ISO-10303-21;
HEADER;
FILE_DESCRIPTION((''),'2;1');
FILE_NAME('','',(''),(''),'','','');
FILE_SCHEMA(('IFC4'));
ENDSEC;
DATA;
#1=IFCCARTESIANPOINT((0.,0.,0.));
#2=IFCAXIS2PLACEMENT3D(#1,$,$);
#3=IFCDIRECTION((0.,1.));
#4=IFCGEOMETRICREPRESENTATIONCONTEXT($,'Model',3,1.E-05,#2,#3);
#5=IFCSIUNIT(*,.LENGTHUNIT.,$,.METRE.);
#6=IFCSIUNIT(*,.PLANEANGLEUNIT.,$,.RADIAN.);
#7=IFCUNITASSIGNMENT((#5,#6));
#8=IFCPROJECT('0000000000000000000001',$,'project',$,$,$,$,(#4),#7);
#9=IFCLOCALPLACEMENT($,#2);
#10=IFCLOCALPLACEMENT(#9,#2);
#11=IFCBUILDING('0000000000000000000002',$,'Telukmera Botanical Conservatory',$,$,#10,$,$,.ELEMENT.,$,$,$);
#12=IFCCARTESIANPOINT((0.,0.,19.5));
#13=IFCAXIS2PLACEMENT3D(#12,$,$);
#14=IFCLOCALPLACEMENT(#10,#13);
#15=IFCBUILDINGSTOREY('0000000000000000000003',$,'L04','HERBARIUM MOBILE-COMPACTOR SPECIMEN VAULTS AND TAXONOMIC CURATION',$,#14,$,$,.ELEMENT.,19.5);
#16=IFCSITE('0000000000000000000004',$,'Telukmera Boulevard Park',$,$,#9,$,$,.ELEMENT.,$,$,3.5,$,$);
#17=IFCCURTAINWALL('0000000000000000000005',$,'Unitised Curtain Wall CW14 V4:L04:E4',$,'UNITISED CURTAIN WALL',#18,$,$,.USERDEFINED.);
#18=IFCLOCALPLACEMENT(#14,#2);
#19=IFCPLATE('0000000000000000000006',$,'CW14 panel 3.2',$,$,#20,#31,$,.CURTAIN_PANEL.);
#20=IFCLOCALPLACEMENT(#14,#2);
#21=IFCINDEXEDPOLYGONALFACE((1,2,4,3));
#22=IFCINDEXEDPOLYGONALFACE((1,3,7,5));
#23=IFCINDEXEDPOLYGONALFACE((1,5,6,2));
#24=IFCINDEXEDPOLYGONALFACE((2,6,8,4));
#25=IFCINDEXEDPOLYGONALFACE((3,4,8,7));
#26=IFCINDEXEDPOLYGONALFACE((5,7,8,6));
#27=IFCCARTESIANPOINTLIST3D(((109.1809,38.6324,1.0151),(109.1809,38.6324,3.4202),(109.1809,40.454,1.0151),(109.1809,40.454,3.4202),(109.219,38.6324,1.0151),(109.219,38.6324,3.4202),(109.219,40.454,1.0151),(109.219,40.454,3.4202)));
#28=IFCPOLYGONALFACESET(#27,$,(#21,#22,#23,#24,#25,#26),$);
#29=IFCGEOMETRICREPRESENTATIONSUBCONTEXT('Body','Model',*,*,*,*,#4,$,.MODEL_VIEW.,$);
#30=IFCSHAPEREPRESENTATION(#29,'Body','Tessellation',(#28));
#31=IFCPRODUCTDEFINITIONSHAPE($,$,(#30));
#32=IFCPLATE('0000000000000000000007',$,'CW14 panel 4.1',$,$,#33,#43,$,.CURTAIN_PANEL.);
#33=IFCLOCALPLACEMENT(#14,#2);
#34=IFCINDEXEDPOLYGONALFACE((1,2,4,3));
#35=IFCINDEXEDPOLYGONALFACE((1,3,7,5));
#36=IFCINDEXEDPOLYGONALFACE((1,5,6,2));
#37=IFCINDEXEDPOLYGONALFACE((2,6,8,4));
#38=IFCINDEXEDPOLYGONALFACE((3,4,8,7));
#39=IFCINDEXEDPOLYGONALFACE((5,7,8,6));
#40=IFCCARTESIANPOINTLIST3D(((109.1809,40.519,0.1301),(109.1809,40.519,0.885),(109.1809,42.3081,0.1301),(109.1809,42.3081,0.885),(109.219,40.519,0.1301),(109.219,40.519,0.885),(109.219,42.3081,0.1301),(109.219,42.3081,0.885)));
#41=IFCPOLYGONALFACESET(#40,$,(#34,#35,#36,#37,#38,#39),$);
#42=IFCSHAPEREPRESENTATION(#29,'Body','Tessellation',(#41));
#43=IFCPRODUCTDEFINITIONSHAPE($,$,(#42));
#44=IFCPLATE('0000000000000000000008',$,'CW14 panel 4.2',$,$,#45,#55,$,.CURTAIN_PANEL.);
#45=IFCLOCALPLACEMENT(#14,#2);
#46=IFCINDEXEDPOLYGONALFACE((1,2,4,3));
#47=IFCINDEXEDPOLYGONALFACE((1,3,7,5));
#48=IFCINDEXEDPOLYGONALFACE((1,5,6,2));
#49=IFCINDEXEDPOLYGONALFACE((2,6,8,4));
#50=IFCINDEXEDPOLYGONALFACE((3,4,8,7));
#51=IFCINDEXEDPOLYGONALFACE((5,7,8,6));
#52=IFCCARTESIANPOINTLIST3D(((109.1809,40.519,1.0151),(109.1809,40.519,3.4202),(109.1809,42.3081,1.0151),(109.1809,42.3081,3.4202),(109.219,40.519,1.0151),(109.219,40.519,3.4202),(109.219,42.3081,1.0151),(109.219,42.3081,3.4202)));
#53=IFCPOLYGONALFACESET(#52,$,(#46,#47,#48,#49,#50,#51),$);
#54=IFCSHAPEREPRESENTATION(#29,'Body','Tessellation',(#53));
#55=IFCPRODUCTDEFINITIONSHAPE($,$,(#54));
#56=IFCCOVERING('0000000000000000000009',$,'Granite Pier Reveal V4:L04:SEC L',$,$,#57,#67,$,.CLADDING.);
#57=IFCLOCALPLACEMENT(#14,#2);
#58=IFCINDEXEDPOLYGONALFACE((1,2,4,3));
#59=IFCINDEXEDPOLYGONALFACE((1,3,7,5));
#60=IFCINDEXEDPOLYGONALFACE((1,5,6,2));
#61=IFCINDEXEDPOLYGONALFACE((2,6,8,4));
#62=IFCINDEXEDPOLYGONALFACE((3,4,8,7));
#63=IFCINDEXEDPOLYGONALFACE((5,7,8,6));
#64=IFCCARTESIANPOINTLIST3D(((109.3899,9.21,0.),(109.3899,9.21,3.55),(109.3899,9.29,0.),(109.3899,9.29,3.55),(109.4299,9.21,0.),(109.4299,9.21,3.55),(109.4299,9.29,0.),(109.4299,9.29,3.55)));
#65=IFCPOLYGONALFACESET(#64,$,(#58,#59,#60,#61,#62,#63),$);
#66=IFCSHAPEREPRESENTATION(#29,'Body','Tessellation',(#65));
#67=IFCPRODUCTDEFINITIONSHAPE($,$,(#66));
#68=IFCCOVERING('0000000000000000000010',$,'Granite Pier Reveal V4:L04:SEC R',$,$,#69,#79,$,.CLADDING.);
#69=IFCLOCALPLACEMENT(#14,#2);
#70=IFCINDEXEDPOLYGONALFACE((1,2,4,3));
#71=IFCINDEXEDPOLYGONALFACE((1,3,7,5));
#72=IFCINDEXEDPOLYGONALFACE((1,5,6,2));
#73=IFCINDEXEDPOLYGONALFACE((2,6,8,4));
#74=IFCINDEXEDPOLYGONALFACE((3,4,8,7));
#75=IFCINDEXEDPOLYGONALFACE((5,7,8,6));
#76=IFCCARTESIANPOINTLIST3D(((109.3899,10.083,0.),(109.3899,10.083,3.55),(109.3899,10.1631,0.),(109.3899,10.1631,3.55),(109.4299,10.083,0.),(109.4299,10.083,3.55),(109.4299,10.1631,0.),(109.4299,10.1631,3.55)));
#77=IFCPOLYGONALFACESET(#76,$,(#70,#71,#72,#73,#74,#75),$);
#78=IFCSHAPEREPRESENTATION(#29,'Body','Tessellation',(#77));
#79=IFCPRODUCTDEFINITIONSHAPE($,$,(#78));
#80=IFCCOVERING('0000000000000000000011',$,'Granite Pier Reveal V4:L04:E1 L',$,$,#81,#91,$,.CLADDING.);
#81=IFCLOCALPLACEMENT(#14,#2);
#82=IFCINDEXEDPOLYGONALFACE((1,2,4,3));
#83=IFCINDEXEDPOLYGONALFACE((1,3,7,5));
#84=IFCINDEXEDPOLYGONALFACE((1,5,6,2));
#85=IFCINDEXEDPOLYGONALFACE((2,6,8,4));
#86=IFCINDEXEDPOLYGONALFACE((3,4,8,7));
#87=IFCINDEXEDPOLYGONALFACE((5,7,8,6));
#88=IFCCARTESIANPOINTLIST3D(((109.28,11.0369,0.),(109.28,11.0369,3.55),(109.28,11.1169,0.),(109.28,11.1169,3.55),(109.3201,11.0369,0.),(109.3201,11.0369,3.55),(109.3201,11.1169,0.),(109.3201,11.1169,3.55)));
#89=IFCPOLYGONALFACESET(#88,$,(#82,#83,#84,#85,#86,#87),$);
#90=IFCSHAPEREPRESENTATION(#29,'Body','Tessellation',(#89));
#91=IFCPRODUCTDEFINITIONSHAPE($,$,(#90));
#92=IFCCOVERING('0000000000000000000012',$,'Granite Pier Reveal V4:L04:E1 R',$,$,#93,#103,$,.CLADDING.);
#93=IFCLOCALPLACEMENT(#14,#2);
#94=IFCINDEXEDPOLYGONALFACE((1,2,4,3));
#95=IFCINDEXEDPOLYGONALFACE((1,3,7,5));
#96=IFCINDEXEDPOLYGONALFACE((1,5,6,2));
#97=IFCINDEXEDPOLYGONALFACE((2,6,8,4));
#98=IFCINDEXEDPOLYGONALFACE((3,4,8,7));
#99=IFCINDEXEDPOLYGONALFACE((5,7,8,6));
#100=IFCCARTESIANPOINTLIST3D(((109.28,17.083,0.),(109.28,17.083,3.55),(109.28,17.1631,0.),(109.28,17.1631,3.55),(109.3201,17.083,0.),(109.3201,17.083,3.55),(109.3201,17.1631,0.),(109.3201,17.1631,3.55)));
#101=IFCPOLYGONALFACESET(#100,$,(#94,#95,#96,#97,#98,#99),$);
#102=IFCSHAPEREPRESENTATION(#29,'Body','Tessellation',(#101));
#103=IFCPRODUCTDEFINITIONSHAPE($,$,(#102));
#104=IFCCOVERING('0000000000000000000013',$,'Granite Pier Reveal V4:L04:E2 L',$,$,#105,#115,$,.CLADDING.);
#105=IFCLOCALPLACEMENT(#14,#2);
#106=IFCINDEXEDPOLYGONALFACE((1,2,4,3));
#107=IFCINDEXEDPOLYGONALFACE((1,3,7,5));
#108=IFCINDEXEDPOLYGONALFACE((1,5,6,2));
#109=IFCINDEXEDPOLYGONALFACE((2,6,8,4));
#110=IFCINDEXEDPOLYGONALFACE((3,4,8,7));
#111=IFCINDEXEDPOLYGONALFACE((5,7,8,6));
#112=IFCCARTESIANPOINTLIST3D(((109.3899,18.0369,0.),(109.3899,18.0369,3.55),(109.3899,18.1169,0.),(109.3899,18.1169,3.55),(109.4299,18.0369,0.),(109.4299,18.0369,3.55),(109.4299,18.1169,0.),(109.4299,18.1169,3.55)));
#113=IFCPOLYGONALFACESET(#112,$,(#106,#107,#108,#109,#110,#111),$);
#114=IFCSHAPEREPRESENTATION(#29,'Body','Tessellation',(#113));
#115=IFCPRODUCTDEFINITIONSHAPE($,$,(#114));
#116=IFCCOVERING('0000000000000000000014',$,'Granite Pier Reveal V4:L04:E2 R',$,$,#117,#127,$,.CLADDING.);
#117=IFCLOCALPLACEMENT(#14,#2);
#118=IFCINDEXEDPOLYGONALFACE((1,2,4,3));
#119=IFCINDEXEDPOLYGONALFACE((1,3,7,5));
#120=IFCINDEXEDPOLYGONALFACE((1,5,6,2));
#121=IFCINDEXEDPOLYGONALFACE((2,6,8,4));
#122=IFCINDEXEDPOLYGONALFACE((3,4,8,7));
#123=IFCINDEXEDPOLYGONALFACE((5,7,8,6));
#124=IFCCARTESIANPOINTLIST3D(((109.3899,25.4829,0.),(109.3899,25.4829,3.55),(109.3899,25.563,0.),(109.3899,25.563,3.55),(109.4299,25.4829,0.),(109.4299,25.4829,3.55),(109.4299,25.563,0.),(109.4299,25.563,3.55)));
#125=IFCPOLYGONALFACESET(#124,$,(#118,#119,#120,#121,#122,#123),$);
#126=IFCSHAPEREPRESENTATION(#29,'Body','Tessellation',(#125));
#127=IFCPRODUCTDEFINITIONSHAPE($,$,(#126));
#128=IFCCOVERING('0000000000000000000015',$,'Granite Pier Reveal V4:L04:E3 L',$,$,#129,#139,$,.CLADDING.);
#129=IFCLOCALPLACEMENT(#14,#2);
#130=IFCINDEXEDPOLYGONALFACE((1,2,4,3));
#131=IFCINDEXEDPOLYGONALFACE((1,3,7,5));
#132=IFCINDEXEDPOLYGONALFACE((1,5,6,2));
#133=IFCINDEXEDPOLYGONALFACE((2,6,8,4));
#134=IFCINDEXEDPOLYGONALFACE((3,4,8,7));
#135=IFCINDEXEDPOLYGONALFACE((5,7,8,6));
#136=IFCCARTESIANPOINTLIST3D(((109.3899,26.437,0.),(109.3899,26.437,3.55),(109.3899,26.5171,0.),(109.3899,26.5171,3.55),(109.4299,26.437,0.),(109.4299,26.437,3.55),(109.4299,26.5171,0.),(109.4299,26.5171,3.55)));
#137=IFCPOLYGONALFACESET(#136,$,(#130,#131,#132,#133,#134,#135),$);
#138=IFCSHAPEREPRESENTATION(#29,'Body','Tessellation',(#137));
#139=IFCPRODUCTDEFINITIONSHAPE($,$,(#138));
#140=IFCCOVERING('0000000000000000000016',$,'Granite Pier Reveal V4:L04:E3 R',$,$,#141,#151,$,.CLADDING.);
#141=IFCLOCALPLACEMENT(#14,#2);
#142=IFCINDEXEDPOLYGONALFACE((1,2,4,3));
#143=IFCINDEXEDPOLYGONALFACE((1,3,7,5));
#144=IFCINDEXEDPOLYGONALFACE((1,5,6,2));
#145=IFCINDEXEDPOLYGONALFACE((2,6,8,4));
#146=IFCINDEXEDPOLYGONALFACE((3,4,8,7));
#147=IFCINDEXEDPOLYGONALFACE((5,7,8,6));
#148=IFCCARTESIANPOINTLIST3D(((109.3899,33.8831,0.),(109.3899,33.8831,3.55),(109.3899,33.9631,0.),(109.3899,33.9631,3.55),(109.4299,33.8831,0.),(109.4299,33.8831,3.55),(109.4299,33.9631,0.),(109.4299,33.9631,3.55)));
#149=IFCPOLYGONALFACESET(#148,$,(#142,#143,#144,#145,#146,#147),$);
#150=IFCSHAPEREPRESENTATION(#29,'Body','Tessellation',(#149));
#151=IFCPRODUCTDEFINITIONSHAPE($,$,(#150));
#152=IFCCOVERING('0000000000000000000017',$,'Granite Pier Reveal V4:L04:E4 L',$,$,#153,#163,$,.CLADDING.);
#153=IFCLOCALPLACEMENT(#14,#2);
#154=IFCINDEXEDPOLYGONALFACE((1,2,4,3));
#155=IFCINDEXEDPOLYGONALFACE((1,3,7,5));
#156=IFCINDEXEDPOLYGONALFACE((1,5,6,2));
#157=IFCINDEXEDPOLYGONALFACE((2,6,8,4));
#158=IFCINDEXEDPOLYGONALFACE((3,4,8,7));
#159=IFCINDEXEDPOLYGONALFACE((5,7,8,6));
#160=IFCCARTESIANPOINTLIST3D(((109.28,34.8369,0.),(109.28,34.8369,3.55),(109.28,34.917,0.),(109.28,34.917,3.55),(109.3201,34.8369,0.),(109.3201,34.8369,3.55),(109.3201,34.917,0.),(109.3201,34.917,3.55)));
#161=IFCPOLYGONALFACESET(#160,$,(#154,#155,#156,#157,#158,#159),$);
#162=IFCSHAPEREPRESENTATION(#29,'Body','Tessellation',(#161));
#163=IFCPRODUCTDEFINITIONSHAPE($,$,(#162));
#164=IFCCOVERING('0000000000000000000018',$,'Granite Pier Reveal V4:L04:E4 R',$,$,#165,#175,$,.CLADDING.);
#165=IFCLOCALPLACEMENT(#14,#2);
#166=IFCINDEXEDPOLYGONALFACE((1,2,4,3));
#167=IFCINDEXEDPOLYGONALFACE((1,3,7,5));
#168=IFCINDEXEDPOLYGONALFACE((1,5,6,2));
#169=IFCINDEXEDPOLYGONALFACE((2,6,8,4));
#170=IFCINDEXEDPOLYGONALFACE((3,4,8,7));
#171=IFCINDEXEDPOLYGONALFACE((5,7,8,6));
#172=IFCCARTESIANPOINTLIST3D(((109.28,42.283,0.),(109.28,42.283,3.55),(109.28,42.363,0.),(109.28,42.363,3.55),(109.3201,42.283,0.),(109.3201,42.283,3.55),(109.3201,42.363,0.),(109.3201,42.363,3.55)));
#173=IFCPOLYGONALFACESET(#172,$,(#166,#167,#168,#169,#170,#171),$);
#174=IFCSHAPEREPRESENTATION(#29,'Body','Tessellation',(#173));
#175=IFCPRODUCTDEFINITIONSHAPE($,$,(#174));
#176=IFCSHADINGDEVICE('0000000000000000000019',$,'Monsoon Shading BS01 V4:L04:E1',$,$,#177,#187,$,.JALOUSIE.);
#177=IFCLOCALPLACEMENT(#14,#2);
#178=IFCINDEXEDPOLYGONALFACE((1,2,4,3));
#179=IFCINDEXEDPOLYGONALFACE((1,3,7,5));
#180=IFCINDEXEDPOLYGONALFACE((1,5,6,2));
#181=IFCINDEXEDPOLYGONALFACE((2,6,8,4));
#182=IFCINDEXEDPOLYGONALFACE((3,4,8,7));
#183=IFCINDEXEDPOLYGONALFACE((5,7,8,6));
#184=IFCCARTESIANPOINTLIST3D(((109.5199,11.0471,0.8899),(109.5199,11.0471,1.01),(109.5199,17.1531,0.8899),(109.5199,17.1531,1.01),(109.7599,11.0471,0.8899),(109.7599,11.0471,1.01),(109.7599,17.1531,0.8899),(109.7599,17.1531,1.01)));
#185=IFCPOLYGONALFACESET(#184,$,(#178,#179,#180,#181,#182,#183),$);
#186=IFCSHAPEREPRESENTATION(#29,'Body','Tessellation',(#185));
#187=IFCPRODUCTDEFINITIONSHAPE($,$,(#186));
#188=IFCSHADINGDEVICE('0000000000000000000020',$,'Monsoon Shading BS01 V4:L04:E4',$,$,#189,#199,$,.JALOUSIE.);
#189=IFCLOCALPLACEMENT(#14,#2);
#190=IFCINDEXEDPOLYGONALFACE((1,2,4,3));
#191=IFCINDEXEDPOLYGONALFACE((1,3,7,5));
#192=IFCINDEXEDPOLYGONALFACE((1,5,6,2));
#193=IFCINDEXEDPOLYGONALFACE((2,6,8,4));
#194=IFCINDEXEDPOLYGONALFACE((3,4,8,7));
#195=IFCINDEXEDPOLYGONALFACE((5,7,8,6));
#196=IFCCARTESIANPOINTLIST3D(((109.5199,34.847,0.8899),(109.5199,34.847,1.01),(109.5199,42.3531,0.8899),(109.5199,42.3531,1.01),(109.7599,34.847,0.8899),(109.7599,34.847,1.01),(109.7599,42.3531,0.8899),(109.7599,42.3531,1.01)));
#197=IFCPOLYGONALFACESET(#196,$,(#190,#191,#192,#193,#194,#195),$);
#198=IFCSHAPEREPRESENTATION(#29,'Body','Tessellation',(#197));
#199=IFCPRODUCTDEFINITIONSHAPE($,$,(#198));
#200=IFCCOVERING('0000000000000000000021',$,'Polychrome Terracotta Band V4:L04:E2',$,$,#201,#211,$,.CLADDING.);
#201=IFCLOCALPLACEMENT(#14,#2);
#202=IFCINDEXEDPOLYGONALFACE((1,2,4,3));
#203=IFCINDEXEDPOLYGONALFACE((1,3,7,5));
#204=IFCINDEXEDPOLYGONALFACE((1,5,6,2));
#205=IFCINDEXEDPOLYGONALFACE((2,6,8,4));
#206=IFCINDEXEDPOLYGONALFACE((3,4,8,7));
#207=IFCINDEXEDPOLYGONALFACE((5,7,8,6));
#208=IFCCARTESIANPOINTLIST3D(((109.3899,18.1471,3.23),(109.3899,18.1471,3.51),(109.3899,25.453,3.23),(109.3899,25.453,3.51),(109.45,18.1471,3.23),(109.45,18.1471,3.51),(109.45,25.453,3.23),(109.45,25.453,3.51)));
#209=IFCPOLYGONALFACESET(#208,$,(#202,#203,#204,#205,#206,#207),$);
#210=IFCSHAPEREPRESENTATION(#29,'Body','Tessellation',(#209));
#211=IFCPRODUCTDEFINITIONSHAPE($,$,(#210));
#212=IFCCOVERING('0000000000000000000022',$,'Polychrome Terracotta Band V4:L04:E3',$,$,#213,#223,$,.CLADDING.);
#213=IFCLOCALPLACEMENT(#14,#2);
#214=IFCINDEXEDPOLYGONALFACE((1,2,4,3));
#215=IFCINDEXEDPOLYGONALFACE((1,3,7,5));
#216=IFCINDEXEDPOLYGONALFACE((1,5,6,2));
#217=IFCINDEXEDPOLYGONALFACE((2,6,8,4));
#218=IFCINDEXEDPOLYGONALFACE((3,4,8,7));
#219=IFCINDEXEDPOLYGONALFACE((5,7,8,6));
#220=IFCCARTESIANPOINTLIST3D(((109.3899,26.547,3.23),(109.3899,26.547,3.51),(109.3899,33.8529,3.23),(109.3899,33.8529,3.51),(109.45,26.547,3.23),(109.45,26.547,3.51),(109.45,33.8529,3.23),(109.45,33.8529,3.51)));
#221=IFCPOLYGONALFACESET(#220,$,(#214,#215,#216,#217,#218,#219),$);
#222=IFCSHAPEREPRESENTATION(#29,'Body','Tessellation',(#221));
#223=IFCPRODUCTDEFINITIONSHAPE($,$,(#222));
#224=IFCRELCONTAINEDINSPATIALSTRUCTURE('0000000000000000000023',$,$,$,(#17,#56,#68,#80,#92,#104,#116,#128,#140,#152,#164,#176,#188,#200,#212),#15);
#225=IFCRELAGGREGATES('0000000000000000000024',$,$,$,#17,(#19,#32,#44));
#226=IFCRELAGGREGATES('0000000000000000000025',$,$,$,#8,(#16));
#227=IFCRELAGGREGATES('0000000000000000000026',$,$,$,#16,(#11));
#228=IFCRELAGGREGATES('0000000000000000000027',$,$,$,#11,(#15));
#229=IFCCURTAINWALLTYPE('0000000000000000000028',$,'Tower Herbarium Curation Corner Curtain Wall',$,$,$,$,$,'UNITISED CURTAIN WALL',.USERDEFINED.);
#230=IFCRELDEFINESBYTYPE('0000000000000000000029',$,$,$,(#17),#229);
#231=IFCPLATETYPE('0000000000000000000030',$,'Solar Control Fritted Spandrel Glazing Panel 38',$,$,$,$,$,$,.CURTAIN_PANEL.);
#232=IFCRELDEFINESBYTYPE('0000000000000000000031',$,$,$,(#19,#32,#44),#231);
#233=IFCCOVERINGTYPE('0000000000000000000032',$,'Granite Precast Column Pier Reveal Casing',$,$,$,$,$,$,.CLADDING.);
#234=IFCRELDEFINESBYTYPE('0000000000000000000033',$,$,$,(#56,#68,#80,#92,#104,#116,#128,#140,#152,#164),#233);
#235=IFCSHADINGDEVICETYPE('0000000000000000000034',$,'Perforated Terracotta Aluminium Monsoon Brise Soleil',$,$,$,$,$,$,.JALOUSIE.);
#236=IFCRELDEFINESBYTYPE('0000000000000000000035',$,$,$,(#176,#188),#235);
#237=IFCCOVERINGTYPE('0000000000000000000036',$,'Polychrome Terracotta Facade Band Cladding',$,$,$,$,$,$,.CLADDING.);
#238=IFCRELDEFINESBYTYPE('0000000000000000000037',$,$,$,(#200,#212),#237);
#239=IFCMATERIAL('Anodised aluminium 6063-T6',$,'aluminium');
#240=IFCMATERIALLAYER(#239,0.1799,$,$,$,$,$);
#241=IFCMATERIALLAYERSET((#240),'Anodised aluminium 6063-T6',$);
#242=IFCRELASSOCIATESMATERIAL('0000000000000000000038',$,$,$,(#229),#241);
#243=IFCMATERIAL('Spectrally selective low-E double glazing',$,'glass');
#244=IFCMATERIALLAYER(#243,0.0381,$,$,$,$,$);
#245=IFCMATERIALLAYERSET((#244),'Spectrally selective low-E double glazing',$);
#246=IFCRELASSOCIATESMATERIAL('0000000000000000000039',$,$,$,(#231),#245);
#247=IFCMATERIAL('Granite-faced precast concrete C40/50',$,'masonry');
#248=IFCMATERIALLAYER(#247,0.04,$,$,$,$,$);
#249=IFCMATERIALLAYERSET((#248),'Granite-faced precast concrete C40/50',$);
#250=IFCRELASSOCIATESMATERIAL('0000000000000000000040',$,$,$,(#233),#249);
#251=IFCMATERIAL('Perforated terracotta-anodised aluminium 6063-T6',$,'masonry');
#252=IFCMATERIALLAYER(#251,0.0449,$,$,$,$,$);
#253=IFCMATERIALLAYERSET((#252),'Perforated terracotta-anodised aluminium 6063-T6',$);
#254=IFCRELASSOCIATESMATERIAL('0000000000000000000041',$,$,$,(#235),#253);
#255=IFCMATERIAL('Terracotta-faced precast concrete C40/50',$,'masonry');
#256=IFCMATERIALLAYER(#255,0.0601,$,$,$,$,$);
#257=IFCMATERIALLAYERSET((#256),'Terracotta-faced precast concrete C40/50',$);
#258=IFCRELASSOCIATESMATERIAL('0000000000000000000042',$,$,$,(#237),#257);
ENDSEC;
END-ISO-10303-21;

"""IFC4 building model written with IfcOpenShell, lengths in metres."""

from ifc_helpers import new_model, si_unit, direction, frame, origin, origin_2d, place, context, subcontext, project, spatial, rectangle, extrude, material, layer, layer_set, type_object, element, aggregate, save


model = new_model("IFC4")

# Units and contexts
model_context = context("Model", 3, precision=1e-05, world=origin(), true_north=direction((0.0, 1.0)))
body_context = subcontext(model_context, "Body", "Model", "MODEL_VIEW")
ifc_project = project(units=[si_unit("LENGTHUNIT", "METRE"), si_unit("PLANEANGLEUNIT", "RADIAN")], contexts=[model_context])

# Site, building, storey
site_placement = place(None, origin())
site = spatial("IfcSite", under=ifc_project, at=site_placement, Name="Telukmera Boulevard Park", CompositionType="ELEMENT", RefElevation=3.5)
building_placement = place(site_placement, origin())
building = spatial("IfcBuilding", under=site, at=building_placement, Name="Telukmera Botanical Conservatory", CompositionType="ELEMENT")
storey_placement = place(building_placement, frame((0.0, 0.0, 19.5)))
storey = spatial("IfcBuildingStorey", under=building, at=storey_placement, Name="L04", Description="HERBARIUM MOBILE-COMPACTOR SPECIMEN VAULTS AND TAXONOMIC CURATION", CompositionType="ELEMENT", Elevation=19.5)

# Curtain wall
ifc_material_1 = material(Name="Anodised aluminium 6063-T6", Category="aluminium")
ifc_layer_1 = layer(ifc_material_1, 0.1799)
ifc_layer_set_1 = layer_set([ifc_layer_1], Name="Anodised aluminium 6063-T6")
curtain_wall_type = type_object("IfcCurtainWallType", Name="Tower Herbarium Curation Corner Curtain Wall", ElementType="UNITISED CURTAIN WALL", PredefinedType="USERDEFINED", material=ifc_layer_set_1)
curtain_wall_placement = place(storey_placement, origin())
curtain_wall = element("IfcCurtainWall", 1, at=curtain_wall_placement, inside=storey, type_object=curtain_wall_type, Name="Unitised Curtain Wall CW14 V4:L04:E4", ObjectType="UNITISED CURTAIN WALL", PredefinedType="USERDEFINED")

# Plates
ifc_material_2 = material(Name="Spectrally selective low-E double glazing", Category="glass")
ifc_layer_2 = layer(ifc_material_2, 0.0381)
ifc_layer_set_2 = layer_set([ifc_layer_2], Name="Spectrally selective low-E double glazing")
plate_type_1 = type_object("IfcPlateType", Name="Solar Control Fritted Spandrel Glazing Panel 38", PredefinedType="CURTAIN_PANEL", material=ifc_layer_set_2)
plate_1_placement = place(storey_placement, frame((109.2, 39.5432, 1.0151), z_axis=(0.0, 0.0, 1.0), x_axis=(0.0, 1.0, 0.0)))
plate_1 = element("IfcPlate", 2, at=plate_1_placement, type_object=plate_type_1, Name="CW14 panel 3.2", PredefinedType="CURTAIN_PANEL", context=body_context, shape_type="SweptSolid", body=[
    extrude(rectangle(XDim=1.8215, YDim=0.0381, at=origin_2d()), origin(), (0.0, 0.0, 1.0), 2.405),
])
plate_2_placement = place(storey_placement, frame((109.2, 41.4136, 0.1301), z_axis=(0.0, 0.0, 1.0), x_axis=(0.0, 1.0, 0.0)))
plate_2 = element("IfcPlate", 3, at=plate_2_placement, type_object=plate_type_1, Name="CW14 panel 4.1", PredefinedType="CURTAIN_PANEL", context=body_context, shape_type="SweptSolid", body=[
    extrude(rectangle(XDim=1.7891, YDim=0.0381, at=origin_2d()), origin(), (0.0, 0.0, 1.0), 0.7549),
])
plate_3_placement = place(storey_placement, frame((109.2, 41.4136, 1.0151), z_axis=(0.0, 0.0, 1.0), x_axis=(0.0, 1.0, 0.0)))
plate_3 = element("IfcPlate", 4, at=plate_3_placement, type_object=plate_type_1, Name="CW14 panel 4.2", PredefinedType="CURTAIN_PANEL", context=body_context, shape_type="SweptSolid", body=[
    extrude(rectangle(XDim=1.7891, YDim=0.0381, at=origin_2d()), origin(), (0.0, 0.0, 1.0), 2.405),
])
aggregate(curtain_wall, [plate_1, plate_2, plate_3])

# Coverings
ifc_material_3 = material(Name="Granite-faced precast concrete C40/50", Category="masonry")
ifc_layer_3 = layer(ifc_material_3, 0.04)
ifc_layer_set_3 = layer_set([ifc_layer_3], Name="Granite-faced precast concrete C40/50")
covering_type_1 = type_object("IfcCoveringType", Name="Granite Precast Column Pier Reveal Casing", PredefinedType="CLADDING", material=ifc_layer_set_3)
for number, where, z_axis, x_axis, name in (
    (5, (109.4099, 9.25, 0.0), (0.0, 0.0, 1.0), (0.0, 1.0, 0.0), "Granite Pier Reveal V4:L04:SEC L"),
    (6, (109.4099, 10.123, 0.0), (0.0, 0.0, 1.0), (0.0, 1.0, 0.0), "Granite Pier Reveal V4:L04:SEC R"),
    (7, (109.3, 11.0769, 0.0), (0.0, 0.0, 1.0), (0.0, 1.0, 0.0), "Granite Pier Reveal V4:L04:E1 L"),
    (8, (109.3, 17.123, 0.0), (0.0, 0.0, 1.0), (0.0, 1.0, 0.0), "Granite Pier Reveal V4:L04:E1 R"),
    (9, (109.4099, 18.0769, 0.0), (0.0, 0.0, 1.0), (0.0, 1.0, 0.0), "Granite Pier Reveal V4:L04:E2 L"),
    (10, (109.4099, 25.5229, 0.0), (0.0, 0.0, 1.0), (0.0, 1.0, 0.0), "Granite Pier Reveal V4:L04:E2 R"),
    (11, (109.4099, 26.4771, 0.0), (0.0, 0.0, 1.0), (0.0, 1.0, 0.0), "Granite Pier Reveal V4:L04:E3 L"),
    (12, (109.4099, 33.9231, 0.0), (0.0, 0.0, 1.0), (0.0, 1.0, 0.0), "Granite Pier Reveal V4:L04:E3 R"),
    (13, (109.3, 34.877, 0.0), (0.0, 0.0, 1.0), (0.0, 1.0, 0.0), "Granite Pier Reveal V4:L04:E4 L"),
    (14, (109.3, 42.323, 0.0), (0.0, 0.0, 1.0), (0.0, 1.0, 0.0), "Granite Pier Reveal V4:L04:E4 R"),
):
    element("IfcCovering", number, at=place(storey_placement, frame(where, z_axis=z_axis, x_axis=x_axis)), inside=storey, type_object=covering_type_1, Name=name, PredefinedType="CLADDING", context=body_context, shape_type="SweptSolid", body=[
        extrude(rectangle(XDim=0.0801, YDim=0.04, at=origin_2d()), origin(), (0.0, 0.0, 1.0), 3.55),
    ])

# Shading devices
ifc_material_4 = material(Name="Perforated terracotta-anodised aluminium 6063-T6", Category="masonry")
ifc_layer_4 = layer(ifc_material_4, 0.0449)
ifc_layer_set_4 = layer_set([ifc_layer_4], Name="Perforated terracotta-anodised aluminium 6063-T6")
shading_device_type = type_object("IfcShadingDeviceType", Name="Perforated Terracotta Aluminium Monsoon Brise Soleil", PredefinedType="JALOUSIE", material=ifc_layer_set_4)
shading_device_1_placement = place(storey_placement, frame((109.6399, 14.1001, 0.8899), z_axis=(0.0, 0.0, 1.0), x_axis=(0.0, 1.0, 0.0)))
element("IfcShadingDevice", 15, at=shading_device_1_placement, inside=storey, type_object=shading_device_type, Name="Monsoon Shading BS01 V4:L04:E1", PredefinedType="JALOUSIE", context=body_context, shape_type="SweptSolid", body=[
    extrude(rectangle(XDim=6.106, YDim=0.24, at=origin_2d()), origin(), (0.0, 0.0, 1.0), 0.1201),
])
shading_device_2_placement = place(storey_placement, frame((109.6399, 38.6001, 0.8899), z_axis=(0.0, 0.0, 1.0), x_axis=(0.0, 1.0, 0.0)))
element("IfcShadingDevice", 16, at=shading_device_2_placement, inside=storey, type_object=shading_device_type, Name="Monsoon Shading BS01 V4:L04:E4", PredefinedType="JALOUSIE", context=body_context, shape_type="SweptSolid", body=[
    extrude(rectangle(XDim=7.5061, YDim=0.24, at=origin_2d()), origin(), (0.0, 0.0, 1.0), 0.1201),
])

# Coverings
ifc_material_5 = material(Name="Terracotta-faced precast concrete C40/50", Category="masonry")
ifc_layer_5 = layer(ifc_material_5, 0.0601)
ifc_layer_set_5 = layer_set([ifc_layer_5], Name="Terracotta-faced precast concrete C40/50")
covering_type_2 = type_object("IfcCoveringType", Name="Polychrome Terracotta Facade Band Cladding", PredefinedType="CLADDING", material=ifc_layer_set_5)
for number, where, z_axis, x_axis, name in (
    (17, (109.4199, 21.8, 3.23), (0.0, 0.0, 1.0), (0.0, 1.0, 0.0), "Polychrome Terracotta Band V4:L04:E2"),
    (18, (109.4199, 30.2, 3.23), (0.0, 0.0, 1.0), (0.0, 1.0, 0.0), "Polychrome Terracotta Band V4:L04:E3"),
):
    element("IfcCovering", number, at=place(storey_placement, frame(where, z_axis=z_axis, x_axis=x_axis)), inside=storey, type_object=covering_type_2, Name=name, PredefinedType="CLADDING", context=body_context, shape_type="SweptSolid", body=[
        extrude(rectangle(XDim=7.3059, YDim=0.0601, at=origin_2d()), origin(), (0.0, 0.0, 1.0), 0.28),
    ])

save(model, "model.ifc")
